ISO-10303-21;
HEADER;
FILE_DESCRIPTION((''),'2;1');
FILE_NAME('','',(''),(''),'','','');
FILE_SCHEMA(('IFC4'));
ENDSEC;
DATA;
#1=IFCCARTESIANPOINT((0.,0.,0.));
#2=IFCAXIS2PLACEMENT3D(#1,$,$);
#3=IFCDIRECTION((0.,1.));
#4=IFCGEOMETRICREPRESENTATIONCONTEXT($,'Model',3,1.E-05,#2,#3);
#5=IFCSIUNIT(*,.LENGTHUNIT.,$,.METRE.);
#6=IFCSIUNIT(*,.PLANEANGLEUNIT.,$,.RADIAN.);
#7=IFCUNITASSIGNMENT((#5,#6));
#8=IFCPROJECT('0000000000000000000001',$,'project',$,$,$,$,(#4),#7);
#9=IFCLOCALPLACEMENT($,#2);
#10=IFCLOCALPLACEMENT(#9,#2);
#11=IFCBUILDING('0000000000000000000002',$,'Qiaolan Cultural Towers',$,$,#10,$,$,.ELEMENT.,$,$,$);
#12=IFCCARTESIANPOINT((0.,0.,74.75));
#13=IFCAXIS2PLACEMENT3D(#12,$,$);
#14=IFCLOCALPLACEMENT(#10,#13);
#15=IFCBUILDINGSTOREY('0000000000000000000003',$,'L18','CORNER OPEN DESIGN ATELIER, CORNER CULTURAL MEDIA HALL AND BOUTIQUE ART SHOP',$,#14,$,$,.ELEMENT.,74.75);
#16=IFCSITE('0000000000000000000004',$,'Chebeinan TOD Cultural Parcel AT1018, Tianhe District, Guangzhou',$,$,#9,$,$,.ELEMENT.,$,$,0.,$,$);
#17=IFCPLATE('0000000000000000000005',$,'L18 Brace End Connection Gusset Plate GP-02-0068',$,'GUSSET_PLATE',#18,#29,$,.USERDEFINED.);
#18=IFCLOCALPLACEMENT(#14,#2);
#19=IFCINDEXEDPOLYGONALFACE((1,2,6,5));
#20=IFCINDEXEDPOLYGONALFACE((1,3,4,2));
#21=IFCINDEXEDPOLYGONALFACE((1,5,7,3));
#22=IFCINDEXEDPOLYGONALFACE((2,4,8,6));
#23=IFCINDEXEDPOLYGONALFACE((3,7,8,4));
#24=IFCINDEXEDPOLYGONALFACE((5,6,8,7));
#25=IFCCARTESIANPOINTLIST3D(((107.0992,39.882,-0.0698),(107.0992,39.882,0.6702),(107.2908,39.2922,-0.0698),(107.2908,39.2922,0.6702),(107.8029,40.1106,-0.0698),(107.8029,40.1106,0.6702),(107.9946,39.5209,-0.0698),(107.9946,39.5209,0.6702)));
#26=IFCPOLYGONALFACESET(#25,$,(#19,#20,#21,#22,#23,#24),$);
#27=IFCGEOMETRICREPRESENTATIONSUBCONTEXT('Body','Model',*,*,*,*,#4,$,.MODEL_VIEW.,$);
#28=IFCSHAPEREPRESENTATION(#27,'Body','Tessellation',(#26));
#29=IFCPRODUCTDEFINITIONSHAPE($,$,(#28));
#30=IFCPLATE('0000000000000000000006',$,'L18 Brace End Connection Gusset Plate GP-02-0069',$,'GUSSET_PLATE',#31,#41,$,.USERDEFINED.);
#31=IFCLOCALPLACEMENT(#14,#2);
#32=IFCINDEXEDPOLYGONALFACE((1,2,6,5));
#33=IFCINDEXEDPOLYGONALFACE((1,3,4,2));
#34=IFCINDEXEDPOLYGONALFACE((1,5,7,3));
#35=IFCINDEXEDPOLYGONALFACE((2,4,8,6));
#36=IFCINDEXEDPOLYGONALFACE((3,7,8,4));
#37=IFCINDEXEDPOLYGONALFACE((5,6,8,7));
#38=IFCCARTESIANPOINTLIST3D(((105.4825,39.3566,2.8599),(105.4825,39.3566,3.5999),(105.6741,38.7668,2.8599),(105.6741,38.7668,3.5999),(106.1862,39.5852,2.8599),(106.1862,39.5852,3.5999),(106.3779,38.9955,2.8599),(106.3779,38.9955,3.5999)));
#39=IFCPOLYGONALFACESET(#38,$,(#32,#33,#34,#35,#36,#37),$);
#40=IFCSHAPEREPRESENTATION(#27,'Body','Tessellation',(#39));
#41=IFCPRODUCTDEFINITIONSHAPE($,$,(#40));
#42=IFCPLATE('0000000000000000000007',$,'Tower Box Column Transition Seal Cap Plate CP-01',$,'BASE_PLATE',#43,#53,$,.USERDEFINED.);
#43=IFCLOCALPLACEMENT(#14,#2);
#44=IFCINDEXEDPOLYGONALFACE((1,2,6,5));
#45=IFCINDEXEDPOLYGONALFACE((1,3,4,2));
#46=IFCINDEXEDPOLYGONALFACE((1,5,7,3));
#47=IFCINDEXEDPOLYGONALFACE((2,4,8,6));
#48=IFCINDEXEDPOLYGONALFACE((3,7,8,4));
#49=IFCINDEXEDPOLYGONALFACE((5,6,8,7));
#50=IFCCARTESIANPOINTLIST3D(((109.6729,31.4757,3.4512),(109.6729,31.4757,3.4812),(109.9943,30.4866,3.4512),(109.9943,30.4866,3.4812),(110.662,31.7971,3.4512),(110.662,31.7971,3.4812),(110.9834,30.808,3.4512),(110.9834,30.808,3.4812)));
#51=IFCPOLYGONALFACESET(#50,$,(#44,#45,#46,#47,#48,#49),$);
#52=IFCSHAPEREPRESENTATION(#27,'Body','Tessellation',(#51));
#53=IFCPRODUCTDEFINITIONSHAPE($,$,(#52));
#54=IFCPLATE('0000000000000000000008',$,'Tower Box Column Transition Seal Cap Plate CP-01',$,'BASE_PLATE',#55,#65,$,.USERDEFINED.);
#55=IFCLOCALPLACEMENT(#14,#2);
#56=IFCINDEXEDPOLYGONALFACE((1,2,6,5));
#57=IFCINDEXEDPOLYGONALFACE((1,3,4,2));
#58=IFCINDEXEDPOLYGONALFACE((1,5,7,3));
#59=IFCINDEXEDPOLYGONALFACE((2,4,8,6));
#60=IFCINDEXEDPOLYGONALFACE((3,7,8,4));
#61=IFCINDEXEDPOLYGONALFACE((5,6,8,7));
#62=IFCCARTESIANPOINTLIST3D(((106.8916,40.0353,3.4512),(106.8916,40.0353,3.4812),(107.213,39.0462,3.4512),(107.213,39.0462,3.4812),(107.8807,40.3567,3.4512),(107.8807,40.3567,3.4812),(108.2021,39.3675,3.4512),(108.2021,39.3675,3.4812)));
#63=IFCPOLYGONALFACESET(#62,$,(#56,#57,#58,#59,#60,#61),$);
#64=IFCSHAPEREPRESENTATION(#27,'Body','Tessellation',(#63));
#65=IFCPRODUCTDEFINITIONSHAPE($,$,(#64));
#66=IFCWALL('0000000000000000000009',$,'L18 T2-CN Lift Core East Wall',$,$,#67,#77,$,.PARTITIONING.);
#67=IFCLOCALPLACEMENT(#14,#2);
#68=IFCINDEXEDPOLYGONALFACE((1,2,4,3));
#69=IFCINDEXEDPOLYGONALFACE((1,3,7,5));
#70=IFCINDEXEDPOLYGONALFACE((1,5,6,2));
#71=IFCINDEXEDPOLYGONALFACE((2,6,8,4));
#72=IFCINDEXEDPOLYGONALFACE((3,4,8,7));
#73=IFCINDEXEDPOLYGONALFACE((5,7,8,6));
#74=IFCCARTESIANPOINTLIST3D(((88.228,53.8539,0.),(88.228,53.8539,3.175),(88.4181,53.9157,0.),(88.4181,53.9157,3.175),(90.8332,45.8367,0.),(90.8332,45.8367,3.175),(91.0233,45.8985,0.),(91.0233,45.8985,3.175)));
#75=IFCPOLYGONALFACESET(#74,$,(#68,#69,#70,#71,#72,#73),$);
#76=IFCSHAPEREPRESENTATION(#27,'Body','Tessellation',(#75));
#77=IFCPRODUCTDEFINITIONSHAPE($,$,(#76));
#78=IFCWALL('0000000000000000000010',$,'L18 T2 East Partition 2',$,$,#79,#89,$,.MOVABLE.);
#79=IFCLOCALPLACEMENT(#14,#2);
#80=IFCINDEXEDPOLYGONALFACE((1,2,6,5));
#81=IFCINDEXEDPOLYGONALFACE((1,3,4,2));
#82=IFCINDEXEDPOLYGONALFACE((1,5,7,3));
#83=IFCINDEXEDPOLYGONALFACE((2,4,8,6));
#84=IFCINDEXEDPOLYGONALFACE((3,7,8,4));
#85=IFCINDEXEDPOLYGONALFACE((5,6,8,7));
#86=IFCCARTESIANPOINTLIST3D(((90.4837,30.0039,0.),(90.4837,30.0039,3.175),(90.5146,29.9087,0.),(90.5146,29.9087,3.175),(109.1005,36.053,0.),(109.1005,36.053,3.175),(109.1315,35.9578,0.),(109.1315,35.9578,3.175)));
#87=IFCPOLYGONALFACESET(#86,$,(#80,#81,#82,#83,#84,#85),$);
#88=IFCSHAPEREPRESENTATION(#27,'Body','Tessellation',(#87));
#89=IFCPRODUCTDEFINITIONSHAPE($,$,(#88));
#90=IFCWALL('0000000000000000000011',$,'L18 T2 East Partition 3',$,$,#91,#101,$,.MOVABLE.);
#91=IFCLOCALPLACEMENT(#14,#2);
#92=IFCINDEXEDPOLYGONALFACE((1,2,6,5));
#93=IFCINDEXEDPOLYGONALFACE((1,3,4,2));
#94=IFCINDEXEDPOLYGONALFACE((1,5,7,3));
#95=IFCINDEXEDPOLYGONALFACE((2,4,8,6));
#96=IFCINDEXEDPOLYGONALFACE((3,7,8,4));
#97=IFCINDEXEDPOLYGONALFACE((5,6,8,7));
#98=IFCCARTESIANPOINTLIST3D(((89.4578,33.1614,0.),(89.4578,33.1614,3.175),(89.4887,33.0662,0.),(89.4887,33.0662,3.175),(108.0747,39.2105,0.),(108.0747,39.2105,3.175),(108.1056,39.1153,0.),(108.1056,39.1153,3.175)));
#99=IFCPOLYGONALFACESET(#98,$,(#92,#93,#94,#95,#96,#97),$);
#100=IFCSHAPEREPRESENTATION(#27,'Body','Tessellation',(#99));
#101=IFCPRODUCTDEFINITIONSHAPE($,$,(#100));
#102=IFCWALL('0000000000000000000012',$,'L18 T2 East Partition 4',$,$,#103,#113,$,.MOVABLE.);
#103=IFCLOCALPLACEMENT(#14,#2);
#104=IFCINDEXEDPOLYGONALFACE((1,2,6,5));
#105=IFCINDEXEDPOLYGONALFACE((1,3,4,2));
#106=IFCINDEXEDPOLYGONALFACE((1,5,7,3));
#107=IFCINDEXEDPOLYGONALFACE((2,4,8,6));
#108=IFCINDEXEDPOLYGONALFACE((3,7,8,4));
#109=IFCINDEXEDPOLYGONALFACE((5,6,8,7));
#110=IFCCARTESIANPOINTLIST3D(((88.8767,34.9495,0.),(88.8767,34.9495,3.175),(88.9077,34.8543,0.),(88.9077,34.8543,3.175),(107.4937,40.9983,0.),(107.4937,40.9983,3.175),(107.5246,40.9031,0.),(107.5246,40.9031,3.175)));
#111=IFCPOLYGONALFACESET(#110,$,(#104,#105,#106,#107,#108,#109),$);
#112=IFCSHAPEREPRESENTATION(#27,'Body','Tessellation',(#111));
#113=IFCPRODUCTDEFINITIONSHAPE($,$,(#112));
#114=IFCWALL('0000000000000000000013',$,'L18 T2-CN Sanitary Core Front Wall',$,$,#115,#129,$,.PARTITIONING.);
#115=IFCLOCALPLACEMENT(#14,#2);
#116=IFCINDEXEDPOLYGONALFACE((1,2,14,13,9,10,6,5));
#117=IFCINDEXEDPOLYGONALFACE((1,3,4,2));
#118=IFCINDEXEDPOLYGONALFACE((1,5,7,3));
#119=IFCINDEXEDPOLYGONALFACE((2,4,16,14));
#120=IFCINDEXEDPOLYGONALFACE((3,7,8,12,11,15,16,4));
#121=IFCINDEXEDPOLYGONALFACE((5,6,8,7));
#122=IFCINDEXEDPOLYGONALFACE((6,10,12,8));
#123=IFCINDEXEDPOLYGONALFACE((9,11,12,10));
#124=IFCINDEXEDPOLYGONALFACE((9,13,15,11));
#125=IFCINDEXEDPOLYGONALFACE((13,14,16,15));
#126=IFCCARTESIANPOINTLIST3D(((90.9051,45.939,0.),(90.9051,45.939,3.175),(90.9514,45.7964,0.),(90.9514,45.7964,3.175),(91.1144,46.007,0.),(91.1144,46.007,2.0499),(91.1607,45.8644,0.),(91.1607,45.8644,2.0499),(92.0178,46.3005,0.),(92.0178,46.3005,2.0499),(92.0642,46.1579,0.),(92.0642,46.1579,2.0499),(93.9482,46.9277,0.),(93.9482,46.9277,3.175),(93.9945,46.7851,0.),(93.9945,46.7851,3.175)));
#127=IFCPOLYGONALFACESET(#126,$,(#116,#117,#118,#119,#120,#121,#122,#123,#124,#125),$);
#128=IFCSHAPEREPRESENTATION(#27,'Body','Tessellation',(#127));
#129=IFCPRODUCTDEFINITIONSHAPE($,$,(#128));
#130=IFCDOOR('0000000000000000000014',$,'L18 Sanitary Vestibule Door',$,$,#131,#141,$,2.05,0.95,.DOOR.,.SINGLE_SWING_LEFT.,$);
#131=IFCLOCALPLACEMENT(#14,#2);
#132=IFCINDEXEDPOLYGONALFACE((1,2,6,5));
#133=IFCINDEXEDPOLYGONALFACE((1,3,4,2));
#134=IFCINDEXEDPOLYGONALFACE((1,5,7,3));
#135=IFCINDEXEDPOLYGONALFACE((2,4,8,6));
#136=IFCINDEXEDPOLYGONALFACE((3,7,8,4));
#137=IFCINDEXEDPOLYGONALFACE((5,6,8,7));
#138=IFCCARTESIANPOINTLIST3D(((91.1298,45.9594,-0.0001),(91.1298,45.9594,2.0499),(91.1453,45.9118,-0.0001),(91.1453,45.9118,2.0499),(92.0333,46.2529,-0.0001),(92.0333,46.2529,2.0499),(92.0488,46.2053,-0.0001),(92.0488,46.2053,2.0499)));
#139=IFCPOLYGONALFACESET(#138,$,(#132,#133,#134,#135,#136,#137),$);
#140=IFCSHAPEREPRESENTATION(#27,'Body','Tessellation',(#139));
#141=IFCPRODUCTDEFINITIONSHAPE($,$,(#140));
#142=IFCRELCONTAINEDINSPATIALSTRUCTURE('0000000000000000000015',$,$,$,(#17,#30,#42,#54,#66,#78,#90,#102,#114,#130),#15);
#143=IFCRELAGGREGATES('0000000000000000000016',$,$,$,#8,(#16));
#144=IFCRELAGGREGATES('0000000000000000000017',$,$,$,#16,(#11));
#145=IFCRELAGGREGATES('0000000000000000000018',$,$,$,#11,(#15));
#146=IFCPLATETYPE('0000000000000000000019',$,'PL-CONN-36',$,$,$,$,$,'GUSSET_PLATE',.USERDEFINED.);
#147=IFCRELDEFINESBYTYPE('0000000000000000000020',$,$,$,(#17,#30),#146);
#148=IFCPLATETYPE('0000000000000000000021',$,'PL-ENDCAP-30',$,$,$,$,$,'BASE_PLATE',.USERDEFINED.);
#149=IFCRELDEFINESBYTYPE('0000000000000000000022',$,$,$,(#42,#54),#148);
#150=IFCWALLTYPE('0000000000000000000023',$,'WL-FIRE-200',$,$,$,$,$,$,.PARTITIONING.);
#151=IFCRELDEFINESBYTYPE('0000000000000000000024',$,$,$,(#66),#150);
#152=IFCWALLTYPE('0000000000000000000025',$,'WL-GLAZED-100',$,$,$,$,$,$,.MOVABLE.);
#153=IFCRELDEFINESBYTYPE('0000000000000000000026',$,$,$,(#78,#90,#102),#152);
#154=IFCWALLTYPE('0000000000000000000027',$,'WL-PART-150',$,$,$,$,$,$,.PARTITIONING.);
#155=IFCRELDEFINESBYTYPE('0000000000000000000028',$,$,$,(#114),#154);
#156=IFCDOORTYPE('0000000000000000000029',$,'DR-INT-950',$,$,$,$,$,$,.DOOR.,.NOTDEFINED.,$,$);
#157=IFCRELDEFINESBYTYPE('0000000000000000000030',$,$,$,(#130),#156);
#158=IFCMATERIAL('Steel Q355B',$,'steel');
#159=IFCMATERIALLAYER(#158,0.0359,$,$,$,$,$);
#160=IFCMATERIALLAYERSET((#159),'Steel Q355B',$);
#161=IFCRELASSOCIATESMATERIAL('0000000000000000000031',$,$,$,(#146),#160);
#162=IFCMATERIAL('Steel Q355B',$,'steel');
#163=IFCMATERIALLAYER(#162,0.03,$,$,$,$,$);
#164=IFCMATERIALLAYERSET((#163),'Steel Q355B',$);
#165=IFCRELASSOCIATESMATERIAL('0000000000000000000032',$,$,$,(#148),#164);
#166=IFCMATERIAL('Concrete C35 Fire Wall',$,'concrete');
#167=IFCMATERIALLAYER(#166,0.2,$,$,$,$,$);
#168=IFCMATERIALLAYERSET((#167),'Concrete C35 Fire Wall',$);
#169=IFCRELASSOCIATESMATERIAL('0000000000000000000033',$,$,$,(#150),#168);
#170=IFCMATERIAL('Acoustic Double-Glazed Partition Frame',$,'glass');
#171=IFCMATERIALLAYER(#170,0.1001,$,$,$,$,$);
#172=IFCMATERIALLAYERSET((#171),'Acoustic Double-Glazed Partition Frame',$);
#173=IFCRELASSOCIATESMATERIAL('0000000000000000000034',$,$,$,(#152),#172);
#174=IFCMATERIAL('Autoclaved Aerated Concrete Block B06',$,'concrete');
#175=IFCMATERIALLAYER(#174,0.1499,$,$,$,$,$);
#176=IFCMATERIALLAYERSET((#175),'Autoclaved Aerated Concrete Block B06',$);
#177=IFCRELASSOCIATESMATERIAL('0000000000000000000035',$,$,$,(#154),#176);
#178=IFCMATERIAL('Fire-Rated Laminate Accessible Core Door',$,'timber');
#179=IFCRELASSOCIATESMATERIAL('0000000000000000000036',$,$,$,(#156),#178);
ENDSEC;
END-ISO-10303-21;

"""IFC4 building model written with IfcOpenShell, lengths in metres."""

from ifc_helpers import new_model, si_unit, direction, frame, frame_2d, origin, origin_2d, place, context, subcontext, project, spatial, rectangle, extrude, material, layer, layer_set, type_object, element, fill, save


model = new_model("IFC4")

# Units and contexts
model_context = context("Model", 3, precision=1e-05, world=origin(), true_north=direction((0.0, 1.0)))
body_context = subcontext(model_context, "Body", "Model", "MODEL_VIEW")
ifc_project = project(units=[si_unit("LENGTHUNIT", "METRE"), si_unit("PLANEANGLEUNIT", "RADIAN")], contexts=[model_context])

# Site, building, storey
site_placement = place(None, origin())
site = spatial("IfcSite", under=ifc_project, at=site_placement, Name="Chebeinan TOD Cultural Parcel AT1018, Tianhe District, Guangzhou", CompositionType="ELEMENT", RefElevation=0.0)
building_placement = place(site_placement, origin())
building = spatial("IfcBuilding", under=site, at=building_placement, Name="Qiaolan Cultural Towers", CompositionType="ELEMENT")
storey_placement = place(building_placement, frame((0.0, 0.0, 74.75)))
storey = spatial("IfcBuildingStorey", under=building, at=storey_placement, Name="L18", Description="CORNER OPEN DESIGN ATELIER, CORNER CULTURAL MEDIA HALL AND BOUTIQUE ART SHOP", CompositionType="ELEMENT", Elevation=74.75)

# Plates
ifc_material_1 = material(Name="Steel Q355B", Category="steel")
ifc_layer_1 = layer(ifc_material_1, 0.0359)
ifc_layer_set_1 = layer_set([ifc_layer_1], Name="Steel Q355B")
plate_type_1 = type_object("IfcPlateType", Name="PL-CONN-36", ElementType="GUSSET_PLATE", PredefinedType="USERDEFINED", material=ifc_layer_set_1)
for number, where, z_axis, x_axis, name in (
    (1, (107.5469, 39.7014, -0.0698), (0.0, 0.0, 1.0), (0.951056, 0.309017, 0.0), "L18 Brace End Connection Gusset Plate GP-02-0068"),
    (2, (105.9302, 39.176, 2.8599), (0.0, 0.0, 1.0), (0.951056, 0.309017, 0.0), "L18 Brace End Connection Gusset Plate GP-02-0069"),
):
    element("IfcPlate", number, at=place(storey_placement, frame(where, z_axis=z_axis, x_axis=x_axis)), inside=storey, type_object=plate_type_1, Name=name, ObjectType="GUSSET_PLATE", PredefinedType="USERDEFINED", context=body_context, shape_type="SweptSolid", body=[
        extrude(rectangle(XDim=0.74, YDim=0.6201, at=origin_2d()), origin(), (0.0, 0.0, 1.0), 0.74),
    ])
ifc_material_2 = material(Name="Steel Q355B", Category="steel")
ifc_layer_2 = layer(ifc_material_2, 0.03)
ifc_layer_set_2 = layer_set([ifc_layer_2], Name="Steel Q355B")
plate_type_2 = type_object("IfcPlateType", Name="PL-ENDCAP-30", ElementType="BASE_PLATE", PredefinedType="USERDEFINED", material=ifc_layer_set_2)
for number, where, z_axis, x_axis, name in (
    (3, (110.3281, 31.1418, 3.4512), (0.0, 0.0, 1.0), (0.951057, 0.309017, 0.0), "Tower Box Column Transition Seal Cap Plate CP-01"),
    (4, (107.5469, 39.7014, 3.4512), (0.0, 0.0, 1.0), (0.951057, 0.309017, 0.0), "Tower Box Column Transition Seal Cap Plate CP-01"),
):
    element("IfcPlate", number, at=place(storey_placement, frame(where, z_axis=z_axis, x_axis=x_axis)), inside=storey, type_object=plate_type_2, Name=name, ObjectType="BASE_PLATE", PredefinedType="USERDEFINED", context=body_context, shape_type="SweptSolid", body=[
        extrude(rectangle(XDim=1.04, YDim=1.04, at=origin_2d()), origin(), (0.0, 0.0, 1.0), 0.03),
    ])

# Walls
ifc_material_3 = material(Name="Concrete C35 Fire Wall", Category="concrete")
ifc_layer_3 = layer(ifc_material_3, 0.2)
ifc_layer_set_3 = layer_set([ifc_layer_3], Name="Concrete C35 Fire Wall")
wall_type_1 = type_object("IfcWallType", Name="WL-FIRE-200", PredefinedType="PARTITIONING", material=ifc_layer_set_3)
wall_1_placement = place(storey_placement, frame((90.9282, 45.8677, 0.0), z_axis=(0.0, 0.0, 1.0), x_axis=(-0.309042, 0.951048, 0.0)))
element("IfcWall", 5, at=wall_1_placement, inside=storey, type_object=wall_type_1, Name="L18 T2-CN Lift Core East Wall", PredefinedType="PARTITIONING", context=body_context, shape_type="SweptSolid", body=[
    extrude(rectangle(XDim=8.4299, YDim=0.2, at=frame_2d((4.2148, 0.0))), origin(), (0.0, 0.0, 1.0), 3.175),
])
ifc_material_4 = material(Name="Acoustic Double-Glazed Partition Frame", Category="glass")
ifc_layer_4 = layer(ifc_material_4, 0.1001)
ifc_layer_set_4 = layer_set([ifc_layer_4], Name="Acoustic Double-Glazed Partition Frame")
wall_type_2 = type_object("IfcWallType", Name="WL-GLAZED-100", PredefinedType="MOVABLE", material=ifc_layer_set_4)
for number, where, z_axis, x_axis, name in (
    (6, (90.499, 29.9563, 0.0), (0.0, 0.0, 1.0), (0.951056, 0.30902, 0.0), "L18 T2 East Partition 2"),
    (7, (89.4731, 33.1138, 0.0), (0.0, 0.0, 1.0), (0.951056, 0.30902, 0.0), "L18 T2 East Partition 3"),
    (8, (88.8921, 34.9019, 0.0), (0.0, 0.0, 1.0), (0.951059, 0.309009, 0.0), "L18 T2 East Partition 4"),
):
    element("IfcWall", number, at=place(storey_placement, frame(where, z_axis=z_axis, x_axis=x_axis)), inside=storey, type_object=wall_type_2, Name=name, PredefinedType="MOVABLE", context=body_context, shape_type="SweptSolid", body=[
        extrude(rectangle(XDim=19.575, YDim=0.1001, at=frame_2d((9.7876, 0.0))), origin(), (0.0, 0.0, 1.0), 3.175),
    ])

# Wall, opening, door
ifc_material_5 = material(Name="Autoclaved Aerated Concrete Block B06", Category="concrete")
ifc_layer_5 = layer(ifc_material_5, 0.1499)
ifc_layer_set_5 = layer_set([ifc_layer_5], Name="Autoclaved Aerated Concrete Block B06")
wall_type_3 = type_object("IfcWallType", Name="WL-PART-150", PredefinedType="PARTITIONING", material=ifc_layer_set_5)
wall_2_placement = place(storey_placement, frame((90.9282, 45.8677, 0.0), z_axis=(0.0, 0.0, 1.0), x_axis=(0.951059, 0.309008, 0.0)))
wall_2 = element("IfcWall", 9, at=wall_2_placement, inside=storey, type_object=wall_type_3, Name="L18 T2-CN Sanitary Core Front Wall", PredefinedType="PARTITIONING", context=body_context, shape_type="SweptSolid", body=[
    extrude(rectangle(XDim=3.1997, YDim=0.1499, at=frame_2d((1.5999, 0.0))), origin(), (0.0, 0.0, 1.0), 3.175),
])
opening_1_placement = place(wall_2_placement, frame((0.22, 0.0, 0.0)))
opening_1 = element("IfcOpeningElement", 10, at=opening_1_placement, cuts=wall_2, PredefinedType="OPENING", context=body_context, shape_type="SweptSolid", body=[
    extrude(rectangle(XDim=0.95, YDim=2.05, at=frame_2d((0.4751, 1.0249))), frame((0.0, 0.085, 0.0), z_axis=(0.0, -1.0, 0.0), x_axis=(1.0, 0.0, 0.0)), (0.0, 0.0, 1.0), 0.1699),
])
ifc_material_6 = material(Name="Fire-Rated Laminate Accessible Core Door", Category="timber")
door_type_1 = type_object("IfcDoorType", Name="DR-INT-950", OperationType="NOTDEFINED", PredefinedType="DOOR", material=ifc_material_6)
door_1_placement = place(opening_1_placement, origin())
door_1 = element("IfcDoor", 11, at=door_1_placement, inside=storey, type_object=door_type_1, Name="L18 Sanitary Vestibule Door", OperationType="SINGLE_SWING_LEFT", OverallHeight=2.05, OverallWidth=0.95, PredefinedType="DOOR", context=body_context, shape_type="SweptSolid", body=[
    extrude(rectangle(XDim=0.95, YDim=2.05, at=frame_2d((0.4751, 1.0249))), frame((0.0, 0.0249, 0.0), z_axis=(0.0, -1.0, 0.0), x_axis=(1.0, 0.0, 0.0)), (0.0, 0.0, 1.0), 0.05),
])
fill(opening_1, door_1)

save(model, "model.ifc")
